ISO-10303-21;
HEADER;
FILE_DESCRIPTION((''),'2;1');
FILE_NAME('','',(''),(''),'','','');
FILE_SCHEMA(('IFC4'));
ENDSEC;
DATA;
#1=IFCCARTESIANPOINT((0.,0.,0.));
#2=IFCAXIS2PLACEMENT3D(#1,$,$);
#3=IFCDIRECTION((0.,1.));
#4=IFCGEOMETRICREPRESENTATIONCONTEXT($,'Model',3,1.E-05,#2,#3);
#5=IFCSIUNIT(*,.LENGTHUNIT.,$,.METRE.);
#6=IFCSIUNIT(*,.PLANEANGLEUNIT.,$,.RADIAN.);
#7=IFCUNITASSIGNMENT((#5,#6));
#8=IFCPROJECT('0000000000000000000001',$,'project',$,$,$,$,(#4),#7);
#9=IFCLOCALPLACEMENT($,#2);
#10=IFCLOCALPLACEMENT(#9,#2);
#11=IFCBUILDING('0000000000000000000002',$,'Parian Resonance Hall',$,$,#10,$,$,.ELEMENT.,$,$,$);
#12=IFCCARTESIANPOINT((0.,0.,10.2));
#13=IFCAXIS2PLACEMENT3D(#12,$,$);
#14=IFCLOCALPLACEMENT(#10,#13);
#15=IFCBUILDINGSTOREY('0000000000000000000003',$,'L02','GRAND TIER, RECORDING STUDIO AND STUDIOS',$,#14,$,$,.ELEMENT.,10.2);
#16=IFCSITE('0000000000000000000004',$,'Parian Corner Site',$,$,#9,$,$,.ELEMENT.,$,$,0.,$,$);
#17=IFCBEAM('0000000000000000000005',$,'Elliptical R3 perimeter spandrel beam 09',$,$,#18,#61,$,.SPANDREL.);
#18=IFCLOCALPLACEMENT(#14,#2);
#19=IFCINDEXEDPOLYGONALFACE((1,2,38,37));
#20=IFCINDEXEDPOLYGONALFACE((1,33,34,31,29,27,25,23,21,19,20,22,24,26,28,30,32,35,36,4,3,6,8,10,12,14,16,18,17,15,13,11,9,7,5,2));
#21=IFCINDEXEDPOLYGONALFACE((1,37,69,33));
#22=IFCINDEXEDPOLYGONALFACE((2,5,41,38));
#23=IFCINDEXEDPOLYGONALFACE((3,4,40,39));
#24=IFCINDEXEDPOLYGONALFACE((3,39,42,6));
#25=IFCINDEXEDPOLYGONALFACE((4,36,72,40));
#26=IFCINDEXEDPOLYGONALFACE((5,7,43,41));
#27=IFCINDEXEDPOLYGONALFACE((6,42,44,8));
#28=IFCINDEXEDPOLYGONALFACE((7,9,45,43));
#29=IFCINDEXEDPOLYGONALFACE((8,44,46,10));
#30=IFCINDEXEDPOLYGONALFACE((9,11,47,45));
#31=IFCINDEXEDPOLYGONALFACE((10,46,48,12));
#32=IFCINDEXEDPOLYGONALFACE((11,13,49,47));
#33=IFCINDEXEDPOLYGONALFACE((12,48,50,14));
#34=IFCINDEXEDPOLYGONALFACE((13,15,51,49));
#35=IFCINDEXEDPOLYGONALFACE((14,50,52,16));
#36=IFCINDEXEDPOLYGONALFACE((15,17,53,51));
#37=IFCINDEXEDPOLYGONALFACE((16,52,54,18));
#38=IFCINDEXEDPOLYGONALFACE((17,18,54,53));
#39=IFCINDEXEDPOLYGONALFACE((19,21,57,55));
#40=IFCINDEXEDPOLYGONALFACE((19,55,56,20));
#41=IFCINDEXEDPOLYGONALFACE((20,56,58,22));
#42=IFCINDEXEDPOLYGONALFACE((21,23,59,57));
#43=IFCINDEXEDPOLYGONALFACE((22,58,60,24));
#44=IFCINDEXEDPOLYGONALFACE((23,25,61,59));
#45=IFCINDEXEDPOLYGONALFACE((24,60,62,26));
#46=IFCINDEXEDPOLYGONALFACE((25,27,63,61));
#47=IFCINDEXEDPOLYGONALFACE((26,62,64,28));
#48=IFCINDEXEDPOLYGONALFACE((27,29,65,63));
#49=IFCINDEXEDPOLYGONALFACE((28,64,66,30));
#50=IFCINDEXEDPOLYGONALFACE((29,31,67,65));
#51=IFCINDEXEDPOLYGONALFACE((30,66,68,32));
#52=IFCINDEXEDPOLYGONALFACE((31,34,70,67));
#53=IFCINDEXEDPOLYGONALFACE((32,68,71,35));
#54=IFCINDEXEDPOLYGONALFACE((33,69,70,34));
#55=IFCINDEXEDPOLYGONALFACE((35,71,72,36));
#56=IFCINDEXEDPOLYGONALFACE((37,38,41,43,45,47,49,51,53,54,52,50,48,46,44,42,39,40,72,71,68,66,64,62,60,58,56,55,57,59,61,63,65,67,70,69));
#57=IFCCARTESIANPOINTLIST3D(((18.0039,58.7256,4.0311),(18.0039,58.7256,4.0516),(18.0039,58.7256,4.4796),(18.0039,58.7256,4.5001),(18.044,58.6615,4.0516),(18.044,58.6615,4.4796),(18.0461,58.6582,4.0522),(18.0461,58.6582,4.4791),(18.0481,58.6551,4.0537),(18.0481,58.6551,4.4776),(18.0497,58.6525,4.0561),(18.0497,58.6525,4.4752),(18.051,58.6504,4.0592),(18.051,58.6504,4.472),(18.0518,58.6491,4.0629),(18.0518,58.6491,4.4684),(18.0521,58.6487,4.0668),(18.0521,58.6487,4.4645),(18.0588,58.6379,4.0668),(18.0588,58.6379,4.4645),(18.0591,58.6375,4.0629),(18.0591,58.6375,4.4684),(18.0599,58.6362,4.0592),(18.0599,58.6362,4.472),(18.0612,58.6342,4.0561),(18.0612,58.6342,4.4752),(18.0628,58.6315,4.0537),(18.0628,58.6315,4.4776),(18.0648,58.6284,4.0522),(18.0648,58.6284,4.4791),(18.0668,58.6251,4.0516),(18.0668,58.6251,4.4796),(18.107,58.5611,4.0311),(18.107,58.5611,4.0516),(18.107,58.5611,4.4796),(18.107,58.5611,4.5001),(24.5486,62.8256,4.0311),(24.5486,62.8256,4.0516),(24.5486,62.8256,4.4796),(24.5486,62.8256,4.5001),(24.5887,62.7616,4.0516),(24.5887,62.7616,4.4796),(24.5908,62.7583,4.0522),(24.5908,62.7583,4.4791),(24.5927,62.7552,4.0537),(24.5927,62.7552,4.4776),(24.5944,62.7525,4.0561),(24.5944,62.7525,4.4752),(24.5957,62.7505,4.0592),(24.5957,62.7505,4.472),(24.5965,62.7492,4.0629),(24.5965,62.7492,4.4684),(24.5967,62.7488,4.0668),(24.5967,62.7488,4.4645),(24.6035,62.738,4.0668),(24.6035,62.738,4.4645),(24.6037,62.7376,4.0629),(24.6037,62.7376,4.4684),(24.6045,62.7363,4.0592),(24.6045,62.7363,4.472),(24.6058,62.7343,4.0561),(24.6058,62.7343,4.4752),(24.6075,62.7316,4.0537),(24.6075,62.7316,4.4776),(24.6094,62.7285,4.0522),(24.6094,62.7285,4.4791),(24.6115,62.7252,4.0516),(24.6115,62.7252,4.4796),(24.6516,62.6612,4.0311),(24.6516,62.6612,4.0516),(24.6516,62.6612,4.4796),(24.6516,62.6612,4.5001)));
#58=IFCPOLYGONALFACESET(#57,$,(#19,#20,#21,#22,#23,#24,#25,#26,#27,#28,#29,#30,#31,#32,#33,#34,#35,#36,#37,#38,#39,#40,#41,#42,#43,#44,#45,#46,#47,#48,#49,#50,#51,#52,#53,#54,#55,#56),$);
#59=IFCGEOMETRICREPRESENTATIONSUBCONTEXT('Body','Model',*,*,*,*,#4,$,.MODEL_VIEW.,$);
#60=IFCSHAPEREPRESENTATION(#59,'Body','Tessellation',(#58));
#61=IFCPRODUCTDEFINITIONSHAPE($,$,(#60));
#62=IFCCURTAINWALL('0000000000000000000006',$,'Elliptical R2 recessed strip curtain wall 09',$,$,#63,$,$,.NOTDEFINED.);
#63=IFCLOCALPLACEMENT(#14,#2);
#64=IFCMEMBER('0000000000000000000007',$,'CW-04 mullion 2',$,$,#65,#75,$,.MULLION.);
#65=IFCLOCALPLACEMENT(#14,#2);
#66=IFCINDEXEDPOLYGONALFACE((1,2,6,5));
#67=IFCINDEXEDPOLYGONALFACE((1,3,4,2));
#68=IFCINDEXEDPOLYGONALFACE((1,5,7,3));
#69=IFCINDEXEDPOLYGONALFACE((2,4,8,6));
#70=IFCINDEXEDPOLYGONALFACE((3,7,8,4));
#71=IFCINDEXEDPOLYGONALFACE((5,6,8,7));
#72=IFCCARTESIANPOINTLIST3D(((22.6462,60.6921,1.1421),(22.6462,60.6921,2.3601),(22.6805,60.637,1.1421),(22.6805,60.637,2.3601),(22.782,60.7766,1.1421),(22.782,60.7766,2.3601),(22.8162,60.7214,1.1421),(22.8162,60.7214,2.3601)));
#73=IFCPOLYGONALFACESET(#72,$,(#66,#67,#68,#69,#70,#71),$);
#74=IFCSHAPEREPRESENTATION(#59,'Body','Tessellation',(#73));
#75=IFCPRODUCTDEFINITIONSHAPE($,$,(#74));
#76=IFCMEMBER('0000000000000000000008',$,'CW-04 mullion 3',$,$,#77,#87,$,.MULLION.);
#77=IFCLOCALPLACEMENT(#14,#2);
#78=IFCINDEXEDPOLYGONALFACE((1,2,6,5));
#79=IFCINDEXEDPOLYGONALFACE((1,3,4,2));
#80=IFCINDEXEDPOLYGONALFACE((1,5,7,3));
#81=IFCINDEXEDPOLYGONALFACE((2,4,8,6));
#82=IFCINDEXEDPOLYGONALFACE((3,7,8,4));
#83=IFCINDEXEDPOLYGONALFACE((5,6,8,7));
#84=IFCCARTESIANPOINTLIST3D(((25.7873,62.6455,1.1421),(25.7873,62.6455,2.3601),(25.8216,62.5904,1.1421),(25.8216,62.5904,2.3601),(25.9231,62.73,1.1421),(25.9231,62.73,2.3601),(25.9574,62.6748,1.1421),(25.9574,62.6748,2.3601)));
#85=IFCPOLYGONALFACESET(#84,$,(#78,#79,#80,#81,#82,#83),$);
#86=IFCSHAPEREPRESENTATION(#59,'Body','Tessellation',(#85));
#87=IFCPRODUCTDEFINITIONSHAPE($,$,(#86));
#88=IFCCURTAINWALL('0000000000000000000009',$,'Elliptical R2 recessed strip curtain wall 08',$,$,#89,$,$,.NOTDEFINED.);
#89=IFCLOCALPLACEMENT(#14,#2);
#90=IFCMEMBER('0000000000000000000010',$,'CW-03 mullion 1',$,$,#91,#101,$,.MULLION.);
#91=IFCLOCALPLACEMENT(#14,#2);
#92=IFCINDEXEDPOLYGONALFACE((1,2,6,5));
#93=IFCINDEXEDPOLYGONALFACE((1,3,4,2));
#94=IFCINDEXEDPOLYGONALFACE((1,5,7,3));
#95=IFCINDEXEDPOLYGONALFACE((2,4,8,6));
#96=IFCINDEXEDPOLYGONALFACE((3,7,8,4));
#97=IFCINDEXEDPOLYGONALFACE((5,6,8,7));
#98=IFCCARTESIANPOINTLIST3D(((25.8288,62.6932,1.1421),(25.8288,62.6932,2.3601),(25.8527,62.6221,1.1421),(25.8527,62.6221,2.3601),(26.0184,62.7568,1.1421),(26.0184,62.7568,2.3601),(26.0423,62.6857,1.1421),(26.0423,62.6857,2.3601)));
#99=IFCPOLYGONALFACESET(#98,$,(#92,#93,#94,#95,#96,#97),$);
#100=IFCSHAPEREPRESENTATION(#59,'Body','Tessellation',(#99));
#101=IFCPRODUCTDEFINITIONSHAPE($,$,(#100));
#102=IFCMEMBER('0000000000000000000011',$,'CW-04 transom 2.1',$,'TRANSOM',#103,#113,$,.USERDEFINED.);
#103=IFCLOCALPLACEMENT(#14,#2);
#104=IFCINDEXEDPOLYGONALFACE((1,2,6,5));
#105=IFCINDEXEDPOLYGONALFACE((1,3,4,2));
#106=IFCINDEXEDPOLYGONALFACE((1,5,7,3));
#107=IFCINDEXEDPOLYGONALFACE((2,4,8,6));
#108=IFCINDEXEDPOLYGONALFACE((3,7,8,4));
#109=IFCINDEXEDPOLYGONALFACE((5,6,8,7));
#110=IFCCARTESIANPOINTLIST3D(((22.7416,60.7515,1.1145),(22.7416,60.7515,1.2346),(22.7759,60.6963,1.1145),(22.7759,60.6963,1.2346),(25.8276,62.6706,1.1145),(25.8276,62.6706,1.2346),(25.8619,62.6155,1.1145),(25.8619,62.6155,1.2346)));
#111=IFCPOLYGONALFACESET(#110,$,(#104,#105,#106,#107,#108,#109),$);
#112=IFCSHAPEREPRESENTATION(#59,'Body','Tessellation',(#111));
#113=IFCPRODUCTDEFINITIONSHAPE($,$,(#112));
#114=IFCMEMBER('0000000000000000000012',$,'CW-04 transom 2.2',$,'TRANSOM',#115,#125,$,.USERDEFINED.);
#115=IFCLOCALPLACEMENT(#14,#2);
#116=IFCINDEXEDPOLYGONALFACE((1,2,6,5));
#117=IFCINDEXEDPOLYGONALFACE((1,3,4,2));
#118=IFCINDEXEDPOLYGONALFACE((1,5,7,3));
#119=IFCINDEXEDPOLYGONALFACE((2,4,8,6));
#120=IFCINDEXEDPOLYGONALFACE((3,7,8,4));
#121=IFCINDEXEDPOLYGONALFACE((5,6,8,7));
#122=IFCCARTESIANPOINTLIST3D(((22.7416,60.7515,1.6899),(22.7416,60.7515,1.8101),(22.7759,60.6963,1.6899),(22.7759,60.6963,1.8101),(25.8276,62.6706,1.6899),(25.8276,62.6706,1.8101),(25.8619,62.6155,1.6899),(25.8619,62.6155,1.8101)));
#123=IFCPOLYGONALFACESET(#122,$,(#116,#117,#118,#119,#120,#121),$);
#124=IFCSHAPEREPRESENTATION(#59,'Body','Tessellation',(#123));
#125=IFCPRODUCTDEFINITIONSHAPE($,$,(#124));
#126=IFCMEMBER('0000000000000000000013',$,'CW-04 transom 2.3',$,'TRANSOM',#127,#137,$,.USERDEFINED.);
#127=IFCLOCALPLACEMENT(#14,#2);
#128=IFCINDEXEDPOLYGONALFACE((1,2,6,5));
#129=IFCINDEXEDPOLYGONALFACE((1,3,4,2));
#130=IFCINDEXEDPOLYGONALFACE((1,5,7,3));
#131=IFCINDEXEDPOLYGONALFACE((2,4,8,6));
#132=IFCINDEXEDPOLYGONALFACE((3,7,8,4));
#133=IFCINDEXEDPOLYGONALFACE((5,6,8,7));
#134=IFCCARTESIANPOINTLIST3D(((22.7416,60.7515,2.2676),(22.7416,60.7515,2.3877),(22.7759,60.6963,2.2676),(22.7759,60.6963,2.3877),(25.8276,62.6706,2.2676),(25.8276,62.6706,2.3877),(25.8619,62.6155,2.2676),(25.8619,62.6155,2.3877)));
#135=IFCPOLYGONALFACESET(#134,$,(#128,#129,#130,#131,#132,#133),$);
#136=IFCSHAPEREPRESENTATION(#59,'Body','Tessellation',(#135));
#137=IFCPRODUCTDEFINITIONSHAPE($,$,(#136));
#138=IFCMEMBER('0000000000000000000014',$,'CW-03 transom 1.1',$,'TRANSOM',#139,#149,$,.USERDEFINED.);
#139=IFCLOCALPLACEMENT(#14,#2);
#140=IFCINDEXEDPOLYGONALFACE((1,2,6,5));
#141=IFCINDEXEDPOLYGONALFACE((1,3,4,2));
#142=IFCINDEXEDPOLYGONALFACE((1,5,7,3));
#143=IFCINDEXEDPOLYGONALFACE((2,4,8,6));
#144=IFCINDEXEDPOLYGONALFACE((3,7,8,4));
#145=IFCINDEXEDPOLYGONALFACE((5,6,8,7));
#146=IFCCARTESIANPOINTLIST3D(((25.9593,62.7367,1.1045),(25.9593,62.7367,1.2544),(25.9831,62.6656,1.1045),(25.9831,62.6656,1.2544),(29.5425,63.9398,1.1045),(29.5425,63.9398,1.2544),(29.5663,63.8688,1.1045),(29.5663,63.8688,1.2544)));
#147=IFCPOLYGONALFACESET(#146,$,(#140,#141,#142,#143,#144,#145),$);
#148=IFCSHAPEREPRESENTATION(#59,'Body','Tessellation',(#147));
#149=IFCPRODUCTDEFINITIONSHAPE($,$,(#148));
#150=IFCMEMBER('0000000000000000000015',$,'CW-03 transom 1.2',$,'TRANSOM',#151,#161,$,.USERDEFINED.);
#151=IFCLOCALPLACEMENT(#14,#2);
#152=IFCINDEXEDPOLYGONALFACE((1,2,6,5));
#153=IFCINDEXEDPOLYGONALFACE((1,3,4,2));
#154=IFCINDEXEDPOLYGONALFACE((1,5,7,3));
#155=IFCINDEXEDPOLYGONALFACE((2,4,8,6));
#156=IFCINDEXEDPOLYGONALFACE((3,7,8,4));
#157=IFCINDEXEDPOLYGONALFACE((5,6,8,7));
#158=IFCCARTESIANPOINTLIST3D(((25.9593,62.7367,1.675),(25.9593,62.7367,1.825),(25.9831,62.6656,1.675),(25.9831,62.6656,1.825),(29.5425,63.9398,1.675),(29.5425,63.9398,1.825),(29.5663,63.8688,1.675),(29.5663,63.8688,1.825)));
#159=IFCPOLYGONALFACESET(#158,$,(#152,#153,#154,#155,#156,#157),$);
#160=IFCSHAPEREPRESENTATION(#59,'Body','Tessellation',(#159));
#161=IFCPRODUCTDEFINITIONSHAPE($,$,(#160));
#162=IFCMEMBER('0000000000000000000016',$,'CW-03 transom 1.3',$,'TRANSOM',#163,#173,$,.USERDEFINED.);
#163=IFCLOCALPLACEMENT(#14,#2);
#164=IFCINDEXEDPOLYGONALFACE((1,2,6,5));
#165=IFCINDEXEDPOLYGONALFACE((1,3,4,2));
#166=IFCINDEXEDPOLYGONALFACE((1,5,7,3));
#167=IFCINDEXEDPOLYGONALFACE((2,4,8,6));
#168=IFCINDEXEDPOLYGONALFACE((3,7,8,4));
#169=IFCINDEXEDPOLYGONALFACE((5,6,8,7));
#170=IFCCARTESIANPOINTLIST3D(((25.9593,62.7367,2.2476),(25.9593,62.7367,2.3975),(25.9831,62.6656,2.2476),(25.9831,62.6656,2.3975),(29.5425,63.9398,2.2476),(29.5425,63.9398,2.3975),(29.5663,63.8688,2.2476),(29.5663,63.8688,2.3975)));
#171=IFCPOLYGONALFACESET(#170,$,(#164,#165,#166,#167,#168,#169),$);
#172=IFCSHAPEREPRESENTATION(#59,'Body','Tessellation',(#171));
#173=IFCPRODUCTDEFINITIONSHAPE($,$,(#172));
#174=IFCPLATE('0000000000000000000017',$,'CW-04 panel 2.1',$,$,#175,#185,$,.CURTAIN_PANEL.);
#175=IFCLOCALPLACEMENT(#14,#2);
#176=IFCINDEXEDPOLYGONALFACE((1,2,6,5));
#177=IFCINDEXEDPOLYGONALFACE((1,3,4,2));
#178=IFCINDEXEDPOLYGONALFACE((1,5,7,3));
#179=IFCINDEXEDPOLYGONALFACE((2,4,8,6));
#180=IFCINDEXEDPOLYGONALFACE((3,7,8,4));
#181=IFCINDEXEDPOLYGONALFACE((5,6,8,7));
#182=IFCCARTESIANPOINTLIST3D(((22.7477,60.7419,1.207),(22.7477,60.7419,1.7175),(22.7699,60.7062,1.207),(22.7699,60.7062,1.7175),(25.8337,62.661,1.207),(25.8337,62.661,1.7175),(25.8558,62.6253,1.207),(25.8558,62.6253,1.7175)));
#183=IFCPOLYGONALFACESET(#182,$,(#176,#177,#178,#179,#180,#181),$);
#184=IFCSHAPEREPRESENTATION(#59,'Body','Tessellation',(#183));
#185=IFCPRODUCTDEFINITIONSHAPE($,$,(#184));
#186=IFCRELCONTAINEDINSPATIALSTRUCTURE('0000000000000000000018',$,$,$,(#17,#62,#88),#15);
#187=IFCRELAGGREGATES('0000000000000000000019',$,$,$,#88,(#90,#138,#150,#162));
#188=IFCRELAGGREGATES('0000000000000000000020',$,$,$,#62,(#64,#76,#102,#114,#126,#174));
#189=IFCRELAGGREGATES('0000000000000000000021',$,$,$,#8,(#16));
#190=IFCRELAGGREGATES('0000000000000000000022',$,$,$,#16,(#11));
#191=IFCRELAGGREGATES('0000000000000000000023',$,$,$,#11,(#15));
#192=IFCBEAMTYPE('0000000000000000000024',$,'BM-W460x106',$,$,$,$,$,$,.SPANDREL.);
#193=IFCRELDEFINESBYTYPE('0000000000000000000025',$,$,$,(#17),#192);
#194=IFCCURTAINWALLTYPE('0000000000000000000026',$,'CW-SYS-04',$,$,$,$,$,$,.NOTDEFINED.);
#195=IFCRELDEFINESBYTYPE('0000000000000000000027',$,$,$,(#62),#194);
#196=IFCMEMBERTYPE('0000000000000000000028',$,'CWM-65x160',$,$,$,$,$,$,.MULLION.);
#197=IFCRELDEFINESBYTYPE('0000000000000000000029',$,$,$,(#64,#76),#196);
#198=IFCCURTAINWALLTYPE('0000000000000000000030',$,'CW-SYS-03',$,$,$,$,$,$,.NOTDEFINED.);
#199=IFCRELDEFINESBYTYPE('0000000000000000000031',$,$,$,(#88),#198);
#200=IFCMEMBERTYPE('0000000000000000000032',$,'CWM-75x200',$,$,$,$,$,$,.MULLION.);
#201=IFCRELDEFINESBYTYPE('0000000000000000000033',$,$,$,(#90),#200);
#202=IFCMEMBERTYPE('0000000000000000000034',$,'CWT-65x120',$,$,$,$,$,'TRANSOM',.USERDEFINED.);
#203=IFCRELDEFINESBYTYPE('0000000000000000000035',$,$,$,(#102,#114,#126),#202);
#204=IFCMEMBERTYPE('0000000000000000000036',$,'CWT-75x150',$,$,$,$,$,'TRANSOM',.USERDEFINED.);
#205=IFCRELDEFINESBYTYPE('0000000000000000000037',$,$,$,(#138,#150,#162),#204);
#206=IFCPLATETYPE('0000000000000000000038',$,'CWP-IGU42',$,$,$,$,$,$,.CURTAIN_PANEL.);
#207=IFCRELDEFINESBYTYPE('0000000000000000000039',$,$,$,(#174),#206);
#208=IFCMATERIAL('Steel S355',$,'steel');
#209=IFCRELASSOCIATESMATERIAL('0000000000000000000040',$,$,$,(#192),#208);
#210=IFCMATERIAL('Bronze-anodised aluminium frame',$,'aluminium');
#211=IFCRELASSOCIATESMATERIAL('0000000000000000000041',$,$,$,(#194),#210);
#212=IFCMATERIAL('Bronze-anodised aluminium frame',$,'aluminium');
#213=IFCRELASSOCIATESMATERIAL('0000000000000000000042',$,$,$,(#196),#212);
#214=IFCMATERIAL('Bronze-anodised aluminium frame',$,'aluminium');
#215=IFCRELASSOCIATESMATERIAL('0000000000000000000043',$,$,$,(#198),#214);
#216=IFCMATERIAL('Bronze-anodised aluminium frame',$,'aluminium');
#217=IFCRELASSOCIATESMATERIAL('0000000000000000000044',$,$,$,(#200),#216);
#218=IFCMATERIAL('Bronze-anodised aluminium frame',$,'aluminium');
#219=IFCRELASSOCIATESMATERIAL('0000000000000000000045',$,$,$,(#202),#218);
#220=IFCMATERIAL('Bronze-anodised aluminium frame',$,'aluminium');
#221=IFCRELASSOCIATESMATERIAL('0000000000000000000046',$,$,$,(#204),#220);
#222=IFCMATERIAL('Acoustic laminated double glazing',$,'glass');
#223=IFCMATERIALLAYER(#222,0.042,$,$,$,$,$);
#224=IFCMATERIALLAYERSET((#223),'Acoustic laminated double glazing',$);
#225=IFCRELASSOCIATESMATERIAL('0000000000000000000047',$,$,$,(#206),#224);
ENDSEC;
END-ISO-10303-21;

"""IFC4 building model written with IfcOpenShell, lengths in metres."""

from ifc_helpers import new_model, si_unit, direction, frame, origin, origin_2d, place, context, subcontext, project, spatial, rectangle, i_section, extrude, material, layer, layer_set, material_profile, profile_set, type_object, element, aggregate, save


model = new_model("IFC4")

# Units and contexts
model_context = context("Model", 3, precision=1e-05, world=origin(), true_north=direction((0.0, 1.0)))
body_context = subcontext(model_context, "Body", "Model", "MODEL_VIEW")
ifc_project = project(units=[si_unit("LENGTHUNIT", "METRE"), si_unit("PLANEANGLEUNIT", "RADIAN")], contexts=[model_context])

# Site, building, storey
site_placement = place(None, origin())
site = spatial("IfcSite", under=ifc_project, at=site_placement, Name="Parian Corner Site", CompositionType="ELEMENT", RefElevation=0.0)
building_placement = place(site_placement, origin())
building = spatial("IfcBuilding", under=site, at=building_placement, Name="Parian Resonance Hall", CompositionType="ELEMENT")
storey_placement = place(building_placement, frame((0.0, 0.0, 10.2)))
storey = spatial("IfcBuildingStorey", under=building, at=storey_placement, Name="L02", Description="GRAND TIER, RECORDING STUDIO AND STUDIOS", CompositionType="ELEMENT", Elevation=10.2)

# Beam
ifc_material_1 = material(Name="Steel S355", Category="steel")
ifc_material_profile_1 = material_profile(ifc_material_1, i_section(OverallWidth=0.1941, OverallDepth=0.469, WebThickness=0.0127, FlangeThickness=0.0205, FilletRadius=0.0151, at=origin_2d()), Name="W460x106")
ifc_profile_set_1 = profile_set([ifc_material_profile_1], Name="Steel S355")
beam_type_1 = type_object("IfcBeamType", Name="BM-W460x106", PredefinedType="SPANDREL", material=ifc_profile_set_1)
beam_1_placement = place(storey_placement, frame((24.6001, 62.7434, 4.2656), z_axis=(-0.847435, -0.530899, 0.0), x_axis=(0.530899, -0.847435, 0.0)))
element("IfcBeam", 1, at=beam_1_placement, inside=storey, type_object=beam_type_1, Name="Elliptical R3 perimeter spandrel beam 09", PredefinedType="SPANDREL", context=body_context, shape_type="SweptSolid", body=[
    extrude(i_section(OverallWidth=0.1941, OverallDepth=0.469, WebThickness=0.0127, FlangeThickness=0.0205, FilletRadius=0.0151, at=origin_2d()), origin(), (0.0, 0.0, 1.0), 7.7229),
])

# Curtain wall, members
ifc_material_2 = material(Name="Bronze-anodised aluminium frame", Category="aluminium")
curtain_wall_type_1 = type_object("IfcCurtainWallType", Name="CW-SYS-04", PredefinedType="NOTDEFINED", material=ifc_material_2)
curtain_wall_1_placement = place(storey_placement, origin())
curtain_wall_1 = element("IfcCurtainWall", 2, at=curtain_wall_1_placement, inside=storey, type_object=curtain_wall_type_1, Name="Elliptical R2 recessed strip curtain wall 09", PredefinedType="NOTDEFINED")
ifc_material_3 = material(Name="Bronze-anodised aluminium frame", Category="aluminium")
ifc_material_profile_2 = material_profile(ifc_material_3, rectangle(XDim=0.0649, YDim=0.1599, at=origin_2d()), Name="CWM-65x160")
ifc_profile_set_2 = profile_set([ifc_material_profile_2], Name="Bronze-anodised aluminium frame")
member_type_1 = type_object("IfcMemberType", Name="CWM-65x160", PredefinedType="MULLION", material=ifc_profile_set_2)
member_1_placement = place(storey_placement, frame((22.7312, 60.7068, 1.1421), z_axis=(0.0, 0.0, 1.0), x_axis=(-0.528096, 0.849185, 0.0)))
member_1 = element("IfcMember", 3, at=member_1_placement, type_object=member_type_1, Name="CW-04 mullion 2", PredefinedType="MULLION", context=body_context, shape_type="SweptSolid", body=[
    extrude(rectangle(XDim=0.0649, YDim=0.1599, at=origin_2d()), origin(), (0.0, 0.0, 1.0), 1.218),
])
member_2_placement = place(storey_placement, frame((25.8723, 62.6602, 1.1421), z_axis=(0.0, 0.0, 1.0), x_axis=(-0.528096, 0.849185, 0.0)))
member_2 = element("IfcMember", 4, at=member_2_placement, type_object=member_type_1, Name="CW-04 mullion 3", PredefinedType="MULLION", context=body_context, shape_type="SweptSolid", body=[
    extrude(rectangle(XDim=0.0649, YDim=0.1599, at=origin_2d()), origin(), (0.0, 0.0, 1.0), 1.218),
])

# Curtain wall, member
ifc_material_4 = material(Name="Bronze-anodised aluminium frame", Category="aluminium")
curtain_wall_type_2 = type_object("IfcCurtainWallType", Name="CW-SYS-03", PredefinedType="NOTDEFINED", material=ifc_material_4)
curtain_wall_2_placement = place(storey_placement, origin())
curtain_wall_2 = element("IfcCurtainWall", 5, at=curtain_wall_2_placement, inside=storey, type_object=curtain_wall_type_2, Name="Elliptical R2 recessed strip curtain wall 08", PredefinedType="NOTDEFINED")
ifc_material_5 = material(Name="Bronze-anodised aluminium frame", Category="aluminium")
ifc_material_profile_3 = material_profile(ifc_material_5, rectangle(XDim=0.075, YDim=0.2, at=origin_2d()), Name="CWM-75x200")
ifc_profile_set_3 = profile_set([ifc_material_profile_3], Name="Bronze-anodised aluminium frame")
member_type_2 = type_object("IfcMemberType", Name="CWM-75x200", PredefinedType="MULLION", material=ifc_profile_set_3)
member_3_placement = place(storey_placement, frame((25.9355, 62.6895, 1.1421), z_axis=(0.0, 0.0, 1.0), x_axis=(-0.318258, 0.948004, 0.0)))
member_3 = element("IfcMember", 6, at=member_3_placement, type_object=member_type_2, Name="CW-03 mullion 1", PredefinedType="MULLION", context=body_context, shape_type="SweptSolid", body=[
    extrude(rectangle(XDim=0.075, YDim=0.2, at=origin_2d()), origin(), (0.0, 0.0, 1.0), 1.218),
])

# Members
ifc_material_6 = material(Name="Bronze-anodised aluminium frame", Category="aluminium")
ifc_material_profile_4 = material_profile(ifc_material_6, rectangle(XDim=0.0649, YDim=0.1201, at=origin_2d()), Name="CWT-65x120")
ifc_profile_set_4 = profile_set([ifc_material_profile_4], Name="Bronze-anodised aluminium frame")
member_type_3 = type_object("IfcMemberType", Name="CWT-65x120", ElementType="TRANSOM", PredefinedType="USERDEFINED", material=ifc_profile_set_4)
member_4_placement = place(storey_placement, frame((22.7588, 60.7239, 1.1746), z_axis=(0.849174, 0.528114, 0.0), x_axis=(-0.528114, 0.849174, 0.0)))
member_4 = element("IfcMember", 7, at=member_4_placement, type_object=member_type_3, Name="CW-04 transom 2.1", ObjectType="TRANSOM", PredefinedType="USERDEFINED", context=body_context, shape_type="SweptSolid", body=[
    extrude(rectangle(XDim=0.0649, YDim=0.1201, at=origin_2d()), origin(), (0.0, 0.0, 1.0), 3.634),
])
member_5_placement = place(storey_placement, frame((22.7588, 60.7239, 1.75), z_axis=(0.849174, 0.528114, 0.0), x_axis=(-0.528114, 0.849174, 0.0)))
member_5 = element("IfcMember", 8, at=member_5_placement, type_object=member_type_3, Name="CW-04 transom 2.2", ObjectType="TRANSOM", PredefinedType="USERDEFINED", context=body_context, shape_type="SweptSolid", body=[
    extrude(rectangle(XDim=0.0649, YDim=0.1201, at=origin_2d()), origin(), (0.0, 0.0, 1.0), 3.634),
])
member_6_placement = place(storey_placement, frame((22.7588, 60.7239, 2.3276), z_axis=(0.849174, 0.528114, 0.0), x_axis=(-0.528114, 0.849174, 0.0)))
member_6 = element("IfcMember", 9, at=member_6_placement, type_object=member_type_3, Name="CW-04 transom 2.3", ObjectType="TRANSOM", PredefinedType="USERDEFINED", context=body_context, shape_type="SweptSolid", body=[
    extrude(rectangle(XDim=0.0649, YDim=0.1201, at=origin_2d()), origin(), (0.0, 0.0, 1.0), 3.634),
])
ifc_material_7 = material(Name="Bronze-anodised aluminium frame", Category="aluminium")
ifc_material_profile_5 = material_profile(ifc_material_7, rectangle(XDim=0.075, YDim=0.1499, at=origin_2d()), Name="CWT-75x150")
ifc_profile_set_5 = profile_set([ifc_material_profile_5], Name="Bronze-anodised aluminium frame")
member_type_4 = type_object("IfcMemberType", Name="CWT-75x150", ElementType="TRANSOM", PredefinedType="USERDEFINED", material=ifc_profile_set_5)
member_7_placement = place(storey_placement, frame((25.9712, 62.7012, 1.1794), z_axis=(0.94799, 0.3183, 0.0), x_axis=(-0.3183, 0.94799, 0.0)))
member_7 = element("IfcMember", 10, at=member_7_placement, type_object=member_type_4, Name="CW-03 transom 1.1", ObjectType="TRANSOM", PredefinedType="USERDEFINED", context=body_context, shape_type="SweptSolid", body=[
    extrude(rectangle(XDim=0.075, YDim=0.1499, at=origin_2d()), origin(), (0.0, 0.0, 1.0), 3.7798),
])
member_8_placement = place(storey_placement, frame((25.9712, 62.7012, 1.75), z_axis=(0.94799, 0.3183, 0.0), x_axis=(-0.3183, 0.94799, 0.0)))
member_8 = element("IfcMember", 11, at=member_8_placement, type_object=member_type_4, Name="CW-03 transom 1.2", ObjectType="TRANSOM", PredefinedType="USERDEFINED", context=body_context, shape_type="SweptSolid", body=[
    extrude(rectangle(XDim=0.075, YDim=0.1499, at=origin_2d()), origin(), (0.0, 0.0, 1.0), 3.7798),
])
member_9_placement = place(storey_placement, frame((25.9712, 62.7012, 2.3225), z_axis=(0.94799, 0.3183, 0.0), x_axis=(-0.3183, 0.94799, 0.0)))
member_9 = element("IfcMember", 12, at=member_9_placement, type_object=member_type_4, Name="CW-03 transom 1.3", ObjectType="TRANSOM", PredefinedType="USERDEFINED", context=body_context, shape_type="SweptSolid", body=[
    extrude(rectangle(XDim=0.075, YDim=0.1499, at=origin_2d()), origin(), (0.0, 0.0, 1.0), 3.7798),
])
aggregate(curtain_wall_2, [member_3, member_7, member_8, member_9])

# Plate
ifc_material_8 = material(Name="Acoustic laminated double glazing", Category="glass")
ifc_layer_1 = layer(ifc_material_8, 0.042)
ifc_layer_set_1 = layer_set([ifc_layer_1], Name="Acoustic laminated double glazing")
plate_type_1 = type_object("IfcPlateType", Name="CWP-IGU42", PredefinedType="CURTAIN_PANEL", material=ifc_layer_set_1)
plate_1_placement = place(storey_placement, frame((24.3018, 61.6836, 1.207), z_axis=(0.0, 0.0, 1.0), x_axis=(0.849185, 0.528096, 0.0)))
plate_1 = element("IfcPlate", 13, at=plate_1_placement, type_object=plate_type_1, Name="CW-04 panel 2.1", PredefinedType="CURTAIN_PANEL", context=body_context, shape_type="SweptSolid", body=[
    extrude(rectangle(XDim=3.634, YDim=0.042, at=origin_2d()), origin(), (0.0, 0.0, 1.0), 0.5105),
])
aggregate(curtain_wall_1, [member_1, member_2, member_4, member_5, member_6, plate_1])

save(model, "model.ifc")
